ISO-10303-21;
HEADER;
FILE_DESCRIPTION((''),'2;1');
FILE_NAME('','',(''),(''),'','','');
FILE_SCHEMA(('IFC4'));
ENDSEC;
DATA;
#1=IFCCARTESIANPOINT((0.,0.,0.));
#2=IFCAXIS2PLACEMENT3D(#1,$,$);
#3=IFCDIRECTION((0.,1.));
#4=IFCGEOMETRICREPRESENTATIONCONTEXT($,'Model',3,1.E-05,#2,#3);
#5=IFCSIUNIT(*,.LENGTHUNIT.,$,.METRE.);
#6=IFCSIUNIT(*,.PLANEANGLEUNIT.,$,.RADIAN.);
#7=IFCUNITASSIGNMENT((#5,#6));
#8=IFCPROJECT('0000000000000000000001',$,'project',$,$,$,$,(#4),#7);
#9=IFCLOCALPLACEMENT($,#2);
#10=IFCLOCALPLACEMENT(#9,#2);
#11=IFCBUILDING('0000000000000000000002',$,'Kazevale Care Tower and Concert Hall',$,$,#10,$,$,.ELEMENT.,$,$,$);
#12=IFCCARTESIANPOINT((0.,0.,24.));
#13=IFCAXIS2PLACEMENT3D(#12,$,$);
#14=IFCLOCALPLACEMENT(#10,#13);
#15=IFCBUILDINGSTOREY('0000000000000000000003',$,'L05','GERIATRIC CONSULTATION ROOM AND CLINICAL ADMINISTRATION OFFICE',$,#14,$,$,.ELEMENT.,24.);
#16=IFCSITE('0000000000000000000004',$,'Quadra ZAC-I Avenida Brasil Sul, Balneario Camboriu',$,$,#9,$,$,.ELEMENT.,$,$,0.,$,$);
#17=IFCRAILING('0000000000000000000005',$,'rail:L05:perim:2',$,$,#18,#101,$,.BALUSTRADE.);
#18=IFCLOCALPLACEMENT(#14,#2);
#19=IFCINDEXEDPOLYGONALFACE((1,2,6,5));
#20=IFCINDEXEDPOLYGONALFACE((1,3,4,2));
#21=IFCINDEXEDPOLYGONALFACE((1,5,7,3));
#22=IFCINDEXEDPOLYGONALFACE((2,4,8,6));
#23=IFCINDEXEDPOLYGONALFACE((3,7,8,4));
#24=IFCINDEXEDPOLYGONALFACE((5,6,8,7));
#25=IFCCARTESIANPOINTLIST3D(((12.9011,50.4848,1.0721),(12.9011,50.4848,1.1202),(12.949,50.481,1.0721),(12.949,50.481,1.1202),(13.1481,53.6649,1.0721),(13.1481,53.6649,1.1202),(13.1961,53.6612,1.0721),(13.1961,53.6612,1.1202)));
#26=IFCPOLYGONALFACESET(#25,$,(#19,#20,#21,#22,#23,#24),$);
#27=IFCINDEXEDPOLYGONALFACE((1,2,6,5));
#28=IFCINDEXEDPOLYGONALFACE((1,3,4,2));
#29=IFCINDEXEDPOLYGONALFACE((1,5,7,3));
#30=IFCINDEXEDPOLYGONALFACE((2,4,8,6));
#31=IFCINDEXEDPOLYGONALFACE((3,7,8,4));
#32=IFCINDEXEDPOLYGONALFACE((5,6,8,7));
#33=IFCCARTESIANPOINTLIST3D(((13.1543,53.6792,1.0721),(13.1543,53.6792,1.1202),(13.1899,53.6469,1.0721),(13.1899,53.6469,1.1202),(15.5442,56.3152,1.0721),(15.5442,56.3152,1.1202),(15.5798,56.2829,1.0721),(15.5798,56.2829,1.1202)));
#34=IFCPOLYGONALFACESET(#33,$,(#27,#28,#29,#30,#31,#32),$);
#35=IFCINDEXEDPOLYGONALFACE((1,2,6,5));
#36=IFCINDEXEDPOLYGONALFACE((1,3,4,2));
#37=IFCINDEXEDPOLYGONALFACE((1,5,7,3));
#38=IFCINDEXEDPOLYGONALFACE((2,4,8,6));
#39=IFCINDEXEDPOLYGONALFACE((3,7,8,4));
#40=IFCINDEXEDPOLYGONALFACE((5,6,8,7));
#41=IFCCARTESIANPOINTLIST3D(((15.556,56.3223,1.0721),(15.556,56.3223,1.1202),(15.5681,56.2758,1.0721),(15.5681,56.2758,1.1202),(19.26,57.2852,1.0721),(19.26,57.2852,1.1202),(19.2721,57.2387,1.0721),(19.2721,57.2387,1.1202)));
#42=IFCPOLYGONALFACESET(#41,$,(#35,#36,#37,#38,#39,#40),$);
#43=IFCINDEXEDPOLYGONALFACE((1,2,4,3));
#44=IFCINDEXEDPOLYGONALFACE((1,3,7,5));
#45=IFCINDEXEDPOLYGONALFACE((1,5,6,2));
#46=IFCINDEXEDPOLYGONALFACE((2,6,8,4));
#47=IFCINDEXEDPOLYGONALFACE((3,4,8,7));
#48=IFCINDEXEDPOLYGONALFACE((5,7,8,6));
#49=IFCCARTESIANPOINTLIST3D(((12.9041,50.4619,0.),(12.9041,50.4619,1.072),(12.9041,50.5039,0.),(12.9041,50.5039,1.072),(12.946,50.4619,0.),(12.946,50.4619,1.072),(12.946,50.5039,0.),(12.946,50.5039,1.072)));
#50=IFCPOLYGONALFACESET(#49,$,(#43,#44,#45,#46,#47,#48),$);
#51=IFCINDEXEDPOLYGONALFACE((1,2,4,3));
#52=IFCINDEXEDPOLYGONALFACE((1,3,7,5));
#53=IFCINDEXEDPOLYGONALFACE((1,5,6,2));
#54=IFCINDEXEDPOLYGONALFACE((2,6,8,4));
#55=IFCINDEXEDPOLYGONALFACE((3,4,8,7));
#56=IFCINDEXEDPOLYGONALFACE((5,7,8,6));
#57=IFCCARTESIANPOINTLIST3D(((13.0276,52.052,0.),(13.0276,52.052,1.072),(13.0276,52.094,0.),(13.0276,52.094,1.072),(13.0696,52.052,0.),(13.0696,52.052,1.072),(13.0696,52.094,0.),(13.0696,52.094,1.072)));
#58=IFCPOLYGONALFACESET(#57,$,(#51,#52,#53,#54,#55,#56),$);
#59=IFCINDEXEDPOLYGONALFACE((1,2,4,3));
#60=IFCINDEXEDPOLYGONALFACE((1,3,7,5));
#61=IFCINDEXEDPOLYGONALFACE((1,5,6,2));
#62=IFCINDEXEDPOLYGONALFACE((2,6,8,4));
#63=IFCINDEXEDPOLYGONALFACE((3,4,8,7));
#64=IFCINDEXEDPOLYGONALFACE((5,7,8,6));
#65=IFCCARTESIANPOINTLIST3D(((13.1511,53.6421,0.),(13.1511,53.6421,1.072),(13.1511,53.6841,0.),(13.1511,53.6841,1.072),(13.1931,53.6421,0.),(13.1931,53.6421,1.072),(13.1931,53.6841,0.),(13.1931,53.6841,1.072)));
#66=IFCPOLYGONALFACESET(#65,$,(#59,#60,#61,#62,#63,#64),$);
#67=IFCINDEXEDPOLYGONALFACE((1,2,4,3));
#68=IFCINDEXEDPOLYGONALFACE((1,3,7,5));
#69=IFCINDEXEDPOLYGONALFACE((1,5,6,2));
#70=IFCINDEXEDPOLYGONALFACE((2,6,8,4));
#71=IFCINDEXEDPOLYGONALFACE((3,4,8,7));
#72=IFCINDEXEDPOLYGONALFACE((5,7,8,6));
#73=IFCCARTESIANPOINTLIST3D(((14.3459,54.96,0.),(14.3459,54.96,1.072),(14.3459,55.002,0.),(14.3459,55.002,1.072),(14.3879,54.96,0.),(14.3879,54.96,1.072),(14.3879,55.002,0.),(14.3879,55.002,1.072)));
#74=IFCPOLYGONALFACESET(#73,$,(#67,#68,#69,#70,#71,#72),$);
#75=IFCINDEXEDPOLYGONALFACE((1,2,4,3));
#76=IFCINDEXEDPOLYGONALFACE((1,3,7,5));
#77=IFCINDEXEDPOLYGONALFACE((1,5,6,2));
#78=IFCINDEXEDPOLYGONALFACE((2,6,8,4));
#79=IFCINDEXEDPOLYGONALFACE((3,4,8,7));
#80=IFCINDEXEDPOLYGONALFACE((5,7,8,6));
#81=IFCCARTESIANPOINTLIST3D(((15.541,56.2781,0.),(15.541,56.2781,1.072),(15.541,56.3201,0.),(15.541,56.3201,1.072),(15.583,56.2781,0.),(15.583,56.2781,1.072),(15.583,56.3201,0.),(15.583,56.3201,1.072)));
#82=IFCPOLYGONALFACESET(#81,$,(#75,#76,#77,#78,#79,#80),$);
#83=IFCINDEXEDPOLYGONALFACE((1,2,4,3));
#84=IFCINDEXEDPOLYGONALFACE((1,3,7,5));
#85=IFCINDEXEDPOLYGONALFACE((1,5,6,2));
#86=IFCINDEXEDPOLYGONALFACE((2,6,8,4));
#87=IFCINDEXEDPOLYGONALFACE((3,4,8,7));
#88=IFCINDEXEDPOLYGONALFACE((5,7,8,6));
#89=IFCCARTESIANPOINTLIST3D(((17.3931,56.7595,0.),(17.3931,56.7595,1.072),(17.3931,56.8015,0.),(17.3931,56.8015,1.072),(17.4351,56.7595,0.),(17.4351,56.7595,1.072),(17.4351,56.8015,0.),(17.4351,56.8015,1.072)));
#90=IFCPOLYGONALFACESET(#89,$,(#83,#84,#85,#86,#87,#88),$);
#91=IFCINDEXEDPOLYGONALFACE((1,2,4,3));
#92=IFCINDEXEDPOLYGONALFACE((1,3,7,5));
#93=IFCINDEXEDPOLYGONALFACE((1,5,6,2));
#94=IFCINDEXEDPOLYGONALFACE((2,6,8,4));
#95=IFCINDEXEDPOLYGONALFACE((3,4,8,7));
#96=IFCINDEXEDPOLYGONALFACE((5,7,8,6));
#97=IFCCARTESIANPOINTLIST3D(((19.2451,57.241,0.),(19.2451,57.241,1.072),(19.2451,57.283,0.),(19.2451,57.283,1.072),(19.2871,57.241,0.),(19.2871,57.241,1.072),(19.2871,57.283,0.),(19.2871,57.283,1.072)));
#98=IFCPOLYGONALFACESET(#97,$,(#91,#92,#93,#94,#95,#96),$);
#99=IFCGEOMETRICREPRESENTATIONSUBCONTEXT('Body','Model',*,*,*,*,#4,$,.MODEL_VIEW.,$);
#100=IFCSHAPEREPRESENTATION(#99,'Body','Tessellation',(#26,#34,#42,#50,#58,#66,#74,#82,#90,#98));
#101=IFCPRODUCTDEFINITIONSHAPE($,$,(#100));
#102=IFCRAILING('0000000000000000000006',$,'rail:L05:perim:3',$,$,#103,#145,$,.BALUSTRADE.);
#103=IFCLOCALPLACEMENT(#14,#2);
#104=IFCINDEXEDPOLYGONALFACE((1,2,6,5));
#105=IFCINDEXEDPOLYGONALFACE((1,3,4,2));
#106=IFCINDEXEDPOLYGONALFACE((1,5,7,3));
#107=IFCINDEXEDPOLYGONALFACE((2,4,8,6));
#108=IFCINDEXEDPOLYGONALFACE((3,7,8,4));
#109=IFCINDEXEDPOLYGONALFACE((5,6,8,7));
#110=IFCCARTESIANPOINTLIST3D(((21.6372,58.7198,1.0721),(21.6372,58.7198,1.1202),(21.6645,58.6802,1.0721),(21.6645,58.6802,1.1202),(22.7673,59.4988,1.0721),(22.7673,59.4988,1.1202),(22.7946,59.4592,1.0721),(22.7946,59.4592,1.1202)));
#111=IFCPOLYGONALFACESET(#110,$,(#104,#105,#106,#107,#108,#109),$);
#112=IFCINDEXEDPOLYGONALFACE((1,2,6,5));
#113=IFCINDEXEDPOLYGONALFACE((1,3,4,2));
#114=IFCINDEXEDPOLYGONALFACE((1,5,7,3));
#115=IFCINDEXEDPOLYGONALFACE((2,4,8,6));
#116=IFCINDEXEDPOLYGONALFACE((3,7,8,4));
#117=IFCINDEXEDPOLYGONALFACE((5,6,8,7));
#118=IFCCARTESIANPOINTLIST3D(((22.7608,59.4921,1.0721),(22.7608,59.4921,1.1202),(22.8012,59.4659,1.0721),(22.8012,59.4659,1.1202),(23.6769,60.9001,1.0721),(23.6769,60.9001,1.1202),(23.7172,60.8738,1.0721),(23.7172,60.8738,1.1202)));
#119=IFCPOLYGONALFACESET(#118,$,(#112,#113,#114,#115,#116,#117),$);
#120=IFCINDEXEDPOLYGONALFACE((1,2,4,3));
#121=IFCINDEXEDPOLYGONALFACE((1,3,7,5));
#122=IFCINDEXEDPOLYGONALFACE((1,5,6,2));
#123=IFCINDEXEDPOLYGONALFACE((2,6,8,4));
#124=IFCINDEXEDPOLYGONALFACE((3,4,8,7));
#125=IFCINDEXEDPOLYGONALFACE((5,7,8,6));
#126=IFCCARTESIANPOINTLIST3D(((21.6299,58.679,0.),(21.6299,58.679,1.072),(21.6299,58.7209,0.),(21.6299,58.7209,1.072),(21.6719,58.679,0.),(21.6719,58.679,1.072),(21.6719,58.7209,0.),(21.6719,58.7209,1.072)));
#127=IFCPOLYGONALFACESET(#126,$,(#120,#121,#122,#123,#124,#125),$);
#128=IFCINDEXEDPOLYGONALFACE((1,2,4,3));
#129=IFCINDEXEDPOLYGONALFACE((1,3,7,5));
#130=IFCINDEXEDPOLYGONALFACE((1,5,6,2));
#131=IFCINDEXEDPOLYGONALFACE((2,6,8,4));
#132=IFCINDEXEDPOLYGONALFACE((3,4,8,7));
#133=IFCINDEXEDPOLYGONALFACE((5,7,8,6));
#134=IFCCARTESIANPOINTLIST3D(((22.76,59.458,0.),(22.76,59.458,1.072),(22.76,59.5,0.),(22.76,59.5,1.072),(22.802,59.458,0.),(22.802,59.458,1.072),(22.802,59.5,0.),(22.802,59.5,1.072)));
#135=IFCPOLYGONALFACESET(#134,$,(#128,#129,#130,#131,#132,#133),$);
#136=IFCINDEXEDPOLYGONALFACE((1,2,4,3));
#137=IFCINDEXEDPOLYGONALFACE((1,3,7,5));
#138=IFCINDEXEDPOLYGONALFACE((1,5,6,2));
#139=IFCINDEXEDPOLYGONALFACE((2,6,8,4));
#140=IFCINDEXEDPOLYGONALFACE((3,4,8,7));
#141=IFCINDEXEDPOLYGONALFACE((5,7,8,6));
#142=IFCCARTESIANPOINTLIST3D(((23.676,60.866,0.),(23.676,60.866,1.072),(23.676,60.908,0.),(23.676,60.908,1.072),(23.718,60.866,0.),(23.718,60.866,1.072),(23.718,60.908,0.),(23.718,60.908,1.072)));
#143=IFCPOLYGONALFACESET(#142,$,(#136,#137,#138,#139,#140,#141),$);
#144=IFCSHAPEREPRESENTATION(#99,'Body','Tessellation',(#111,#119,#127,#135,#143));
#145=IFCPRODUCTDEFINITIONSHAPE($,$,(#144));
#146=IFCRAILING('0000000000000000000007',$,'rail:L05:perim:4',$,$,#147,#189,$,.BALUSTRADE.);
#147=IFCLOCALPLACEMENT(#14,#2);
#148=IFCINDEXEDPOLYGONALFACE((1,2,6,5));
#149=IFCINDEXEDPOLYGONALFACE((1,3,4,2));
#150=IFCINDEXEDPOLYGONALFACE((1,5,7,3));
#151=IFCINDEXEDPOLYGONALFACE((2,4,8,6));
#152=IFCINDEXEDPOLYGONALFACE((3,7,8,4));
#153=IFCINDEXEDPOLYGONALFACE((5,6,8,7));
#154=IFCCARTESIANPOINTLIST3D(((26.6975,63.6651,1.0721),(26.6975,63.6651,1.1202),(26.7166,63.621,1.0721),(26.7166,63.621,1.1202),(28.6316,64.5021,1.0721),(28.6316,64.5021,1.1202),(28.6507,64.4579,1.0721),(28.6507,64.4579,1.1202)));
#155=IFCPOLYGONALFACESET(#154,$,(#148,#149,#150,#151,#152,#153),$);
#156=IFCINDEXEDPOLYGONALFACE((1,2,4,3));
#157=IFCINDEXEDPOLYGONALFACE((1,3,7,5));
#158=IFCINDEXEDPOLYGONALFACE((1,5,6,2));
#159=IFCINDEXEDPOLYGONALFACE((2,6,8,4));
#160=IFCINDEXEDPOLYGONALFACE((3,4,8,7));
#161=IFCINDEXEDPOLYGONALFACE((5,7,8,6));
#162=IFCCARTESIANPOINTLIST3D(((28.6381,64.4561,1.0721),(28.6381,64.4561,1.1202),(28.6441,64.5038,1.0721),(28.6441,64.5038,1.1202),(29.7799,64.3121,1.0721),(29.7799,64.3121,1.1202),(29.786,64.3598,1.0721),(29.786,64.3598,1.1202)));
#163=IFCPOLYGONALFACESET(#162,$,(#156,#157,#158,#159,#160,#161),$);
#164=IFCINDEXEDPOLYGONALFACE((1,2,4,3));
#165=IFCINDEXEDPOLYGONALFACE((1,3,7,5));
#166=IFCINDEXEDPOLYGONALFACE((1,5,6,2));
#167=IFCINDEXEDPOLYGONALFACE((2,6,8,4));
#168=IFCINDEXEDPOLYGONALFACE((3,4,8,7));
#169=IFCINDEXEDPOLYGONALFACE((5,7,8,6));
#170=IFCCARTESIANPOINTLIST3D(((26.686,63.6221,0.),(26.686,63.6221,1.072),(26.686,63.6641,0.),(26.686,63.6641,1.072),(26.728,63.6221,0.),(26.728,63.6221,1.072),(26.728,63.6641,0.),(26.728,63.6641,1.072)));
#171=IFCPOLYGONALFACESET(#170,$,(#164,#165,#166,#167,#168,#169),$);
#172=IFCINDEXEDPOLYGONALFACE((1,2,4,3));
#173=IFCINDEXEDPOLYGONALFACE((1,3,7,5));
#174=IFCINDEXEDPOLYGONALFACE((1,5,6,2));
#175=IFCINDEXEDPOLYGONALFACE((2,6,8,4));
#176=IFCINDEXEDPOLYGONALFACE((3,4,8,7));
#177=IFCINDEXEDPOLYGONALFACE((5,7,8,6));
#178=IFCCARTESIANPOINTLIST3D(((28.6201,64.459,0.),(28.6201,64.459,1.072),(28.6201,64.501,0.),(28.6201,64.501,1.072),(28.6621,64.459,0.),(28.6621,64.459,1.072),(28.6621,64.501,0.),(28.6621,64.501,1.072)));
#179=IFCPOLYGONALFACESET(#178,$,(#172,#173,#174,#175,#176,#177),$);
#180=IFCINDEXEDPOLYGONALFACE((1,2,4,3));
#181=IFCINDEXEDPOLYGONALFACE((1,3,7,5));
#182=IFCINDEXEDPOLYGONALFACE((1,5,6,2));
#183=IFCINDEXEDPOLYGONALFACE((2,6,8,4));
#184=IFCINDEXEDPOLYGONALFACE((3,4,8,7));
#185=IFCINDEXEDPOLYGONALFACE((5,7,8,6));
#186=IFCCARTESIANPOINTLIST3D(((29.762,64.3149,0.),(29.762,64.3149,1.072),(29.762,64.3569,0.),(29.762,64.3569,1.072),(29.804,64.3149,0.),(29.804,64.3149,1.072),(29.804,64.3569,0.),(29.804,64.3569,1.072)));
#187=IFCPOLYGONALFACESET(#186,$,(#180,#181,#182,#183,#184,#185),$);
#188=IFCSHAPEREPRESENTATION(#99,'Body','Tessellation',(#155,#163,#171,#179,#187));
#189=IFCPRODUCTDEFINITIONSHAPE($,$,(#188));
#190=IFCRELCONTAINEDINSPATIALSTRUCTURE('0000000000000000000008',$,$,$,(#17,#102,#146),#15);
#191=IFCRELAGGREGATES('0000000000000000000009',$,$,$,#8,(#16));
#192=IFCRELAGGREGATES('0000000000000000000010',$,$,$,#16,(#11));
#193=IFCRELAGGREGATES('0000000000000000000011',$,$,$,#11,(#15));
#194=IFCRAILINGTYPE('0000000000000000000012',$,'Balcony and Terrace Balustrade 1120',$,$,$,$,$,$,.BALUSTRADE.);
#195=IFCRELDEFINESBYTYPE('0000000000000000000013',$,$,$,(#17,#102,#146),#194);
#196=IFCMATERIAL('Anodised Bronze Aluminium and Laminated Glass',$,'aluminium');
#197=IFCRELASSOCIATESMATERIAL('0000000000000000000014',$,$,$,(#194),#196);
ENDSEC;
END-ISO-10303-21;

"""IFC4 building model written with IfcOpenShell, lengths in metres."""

from ifc_helpers import new_model, si_unit, direction, frame, origin, origin_2d, place, context, subcontext, project, spatial, rectangle, extrude, material, type_object, element, save


model = new_model("IFC4")

# Units and contexts
model_context = context("Model", 3, precision=1e-05, world=origin(), true_north=direction((0.0, 1.0)))
body_context = subcontext(model_context, "Body", "Model", "MODEL_VIEW")
ifc_project = project(units=[si_unit("LENGTHUNIT", "METRE"), si_unit("PLANEANGLEUNIT", "RADIAN")], contexts=[model_context])

# Site, building, storey
site_placement = place(None, origin())
site = spatial("IfcSite", under=ifc_project, at=site_placement, Name="Quadra ZAC-I Avenida Brasil Sul, Balneario Camboriu", CompositionType="ELEMENT", RefElevation=0.0)
building_placement = place(site_placement, origin())
building = spatial("IfcBuilding", under=site, at=building_placement, Name="Kazevale Care Tower and Concert Hall", CompositionType="ELEMENT")
storey_placement = place(building_placement, frame((0.0, 0.0, 24.0)))
storey = spatial("IfcBuildingStorey", under=building, at=storey_placement, Name="L05", Description="GERIATRIC CONSULTATION ROOM AND CLINICAL ADMINISTRATION OFFICE", CompositionType="ELEMENT", Elevation=24.0)

# Railings
ifc_material_1 = material(Name="Anodised Bronze Aluminium and Laminated Glass", Category="aluminium")
railing_type = type_object("IfcRailingType", Name="Balcony and Terrace Balustrade 1120", PredefinedType="BALUSTRADE", material=ifc_material_1)
railing_1_placement = place(storey_placement, frame((12.925, 50.4829, 0.0)))
element("IfcRailing", 1, at=railing_1_placement, inside=storey, type_object=railing_type, Name="rail:L05:perim:2", PredefinedType="BALUSTRADE", context=body_context, shape_type="SweptSolid", body=[
    extrude(rectangle(XDim=0.0481, YDim=0.0481, at=origin_2d()), frame((0.0, 0.0, 1.0962), z_axis=(0.077457, 0.996996, 0.0), x_axis=(-0.996996, 0.077457, 0.0)), (0.0, 0.0, 1.0), 3.1897),
    extrude(rectangle(XDim=0.0481, YDim=0.0481, at=origin_2d()), frame((0.2471, 3.1802, 1.0962), z_axis=(0.671678, 0.740843, 0.0), x_axis=(-0.740843, 0.671678, 0.0)), (0.0, 0.0, 1.0), 3.5581),
    extrude(rectangle(XDim=0.0481, YDim=0.0481, at=origin_2d()), frame((2.637, 5.8162, 1.0962), z_axis=(0.967834, 0.251591, 0.0), x_axis=(-0.251591, 0.967834, 0.0)), (0.0, 0.0, 1.0), 3.8271),
    extrude(rectangle(XDim=0.042, YDim=0.042, at=origin_2d()), origin(), (0.0, 0.0, 1.0), 1.072),
    extrude(rectangle(XDim=0.042, YDim=0.042, at=origin_2d()), frame((0.1235, 1.5901, 0.0)), (0.0, 0.0, 1.0), 1.072),
    extrude(rectangle(XDim=0.042, YDim=0.042, at=origin_2d()), frame((0.2471, 3.1802, 0.0)), (0.0, 0.0, 1.0), 1.072),
    extrude(rectangle(XDim=0.042, YDim=0.042, at=origin_2d()), frame((1.4419, 4.498, 0.0)), (0.0, 0.0, 1.0), 1.072),
    extrude(rectangle(XDim=0.042, YDim=0.042, at=origin_2d()), frame((2.637, 5.8162, 0.0)), (0.0, 0.0, 1.0), 1.072),
    extrude(rectangle(XDim=0.042, YDim=0.042, at=origin_2d()), frame((4.489, 6.2976, 0.0)), (0.0, 0.0, 1.0), 1.072),
    extrude(rectangle(XDim=0.042, YDim=0.042, at=origin_2d()), frame((6.3411, 6.7791, 0.0)), (0.0, 0.0, 1.0), 1.072),
])
railing_2_placement = place(storey_placement, frame((21.6509, 58.7, 0.0)))
element("IfcRailing", 2, at=railing_2_placement, inside=storey, type_object=railing_type, Name="rail:L05:perim:3", PredefinedType="BALUSTRADE", context=body_context, shape_type="SweptSolid", body=[
    extrude(rectangle(XDim=0.0481, YDim=0.0481, at=origin_2d()), frame((0.0, 0.0, 1.0962), z_axis=(0.82333, 0.567563, 0.0), x_axis=(-0.567563, 0.82333, 0.0)), (0.0, 0.0, 1.0), 1.3726),
    extrude(rectangle(XDim=0.0481, YDim=0.0481, at=origin_2d()), frame((1.1301, 0.7791, 1.0962), z_axis=(0.545341, 0.838214, 0.0), x_axis=(-0.838214, 0.545341, 0.0)), (0.0, 0.0, 1.0), 1.6797),
    extrude(rectangle(XDim=0.042, YDim=0.042, at=origin_2d()), origin(), (0.0, 0.0, 1.0), 1.072),
    extrude(rectangle(XDim=0.042, YDim=0.042, at=origin_2d()), frame((1.1301, 0.7791, 0.0)), (0.0, 0.0, 1.0), 1.072),
    extrude(rectangle(XDim=0.042, YDim=0.042, at=origin_2d()), frame((2.0461, 2.187, 0.0)), (0.0, 0.0, 1.0), 1.072),
])
railing_3_placement = place(storey_placement, frame((26.707, 63.6431, 0.0)))
element("IfcRailing", 3, at=railing_3_placement, inside=storey, type_object=railing_type, Name="rail:L05:perim:4", PredefinedType="BALUSTRADE", context=body_context, shape_type="SweptSolid", body=[
    extrude(rectangle(XDim=0.0481, YDim=0.0481, at=origin_2d()), frame((0.0, 0.0, 1.0962), z_axis=(0.917761, 0.397133, 0.0), x_axis=(-0.397133, 0.917761, 0.0)), (0.0, 0.0, 1.0), 2.1074),
    extrude(rectangle(XDim=0.0481, YDim=0.0481, at=origin_2d()), frame((1.9341, 0.8369, 1.0962), z_axis=(0.992137, -0.125157, 0.0), x_axis=(0.125157, 0.992137, 0.0)), (0.0, 0.0, 1.0), 1.1509),
    extrude(rectangle(XDim=0.042, YDim=0.042, at=origin_2d()), origin(), (0.0, 0.0, 1.0), 1.072),
    extrude(rectangle(XDim=0.042, YDim=0.042, at=origin_2d()), frame((1.9341, 0.8369, 0.0)), (0.0, 0.0, 1.0), 1.072),
    extrude(rectangle(XDim=0.042, YDim=0.042, at=origin_2d()), frame((3.0759, 0.6929, 0.0)), (0.0, 0.0, 1.0), 1.072),
])

save(model, "model.ifc")
